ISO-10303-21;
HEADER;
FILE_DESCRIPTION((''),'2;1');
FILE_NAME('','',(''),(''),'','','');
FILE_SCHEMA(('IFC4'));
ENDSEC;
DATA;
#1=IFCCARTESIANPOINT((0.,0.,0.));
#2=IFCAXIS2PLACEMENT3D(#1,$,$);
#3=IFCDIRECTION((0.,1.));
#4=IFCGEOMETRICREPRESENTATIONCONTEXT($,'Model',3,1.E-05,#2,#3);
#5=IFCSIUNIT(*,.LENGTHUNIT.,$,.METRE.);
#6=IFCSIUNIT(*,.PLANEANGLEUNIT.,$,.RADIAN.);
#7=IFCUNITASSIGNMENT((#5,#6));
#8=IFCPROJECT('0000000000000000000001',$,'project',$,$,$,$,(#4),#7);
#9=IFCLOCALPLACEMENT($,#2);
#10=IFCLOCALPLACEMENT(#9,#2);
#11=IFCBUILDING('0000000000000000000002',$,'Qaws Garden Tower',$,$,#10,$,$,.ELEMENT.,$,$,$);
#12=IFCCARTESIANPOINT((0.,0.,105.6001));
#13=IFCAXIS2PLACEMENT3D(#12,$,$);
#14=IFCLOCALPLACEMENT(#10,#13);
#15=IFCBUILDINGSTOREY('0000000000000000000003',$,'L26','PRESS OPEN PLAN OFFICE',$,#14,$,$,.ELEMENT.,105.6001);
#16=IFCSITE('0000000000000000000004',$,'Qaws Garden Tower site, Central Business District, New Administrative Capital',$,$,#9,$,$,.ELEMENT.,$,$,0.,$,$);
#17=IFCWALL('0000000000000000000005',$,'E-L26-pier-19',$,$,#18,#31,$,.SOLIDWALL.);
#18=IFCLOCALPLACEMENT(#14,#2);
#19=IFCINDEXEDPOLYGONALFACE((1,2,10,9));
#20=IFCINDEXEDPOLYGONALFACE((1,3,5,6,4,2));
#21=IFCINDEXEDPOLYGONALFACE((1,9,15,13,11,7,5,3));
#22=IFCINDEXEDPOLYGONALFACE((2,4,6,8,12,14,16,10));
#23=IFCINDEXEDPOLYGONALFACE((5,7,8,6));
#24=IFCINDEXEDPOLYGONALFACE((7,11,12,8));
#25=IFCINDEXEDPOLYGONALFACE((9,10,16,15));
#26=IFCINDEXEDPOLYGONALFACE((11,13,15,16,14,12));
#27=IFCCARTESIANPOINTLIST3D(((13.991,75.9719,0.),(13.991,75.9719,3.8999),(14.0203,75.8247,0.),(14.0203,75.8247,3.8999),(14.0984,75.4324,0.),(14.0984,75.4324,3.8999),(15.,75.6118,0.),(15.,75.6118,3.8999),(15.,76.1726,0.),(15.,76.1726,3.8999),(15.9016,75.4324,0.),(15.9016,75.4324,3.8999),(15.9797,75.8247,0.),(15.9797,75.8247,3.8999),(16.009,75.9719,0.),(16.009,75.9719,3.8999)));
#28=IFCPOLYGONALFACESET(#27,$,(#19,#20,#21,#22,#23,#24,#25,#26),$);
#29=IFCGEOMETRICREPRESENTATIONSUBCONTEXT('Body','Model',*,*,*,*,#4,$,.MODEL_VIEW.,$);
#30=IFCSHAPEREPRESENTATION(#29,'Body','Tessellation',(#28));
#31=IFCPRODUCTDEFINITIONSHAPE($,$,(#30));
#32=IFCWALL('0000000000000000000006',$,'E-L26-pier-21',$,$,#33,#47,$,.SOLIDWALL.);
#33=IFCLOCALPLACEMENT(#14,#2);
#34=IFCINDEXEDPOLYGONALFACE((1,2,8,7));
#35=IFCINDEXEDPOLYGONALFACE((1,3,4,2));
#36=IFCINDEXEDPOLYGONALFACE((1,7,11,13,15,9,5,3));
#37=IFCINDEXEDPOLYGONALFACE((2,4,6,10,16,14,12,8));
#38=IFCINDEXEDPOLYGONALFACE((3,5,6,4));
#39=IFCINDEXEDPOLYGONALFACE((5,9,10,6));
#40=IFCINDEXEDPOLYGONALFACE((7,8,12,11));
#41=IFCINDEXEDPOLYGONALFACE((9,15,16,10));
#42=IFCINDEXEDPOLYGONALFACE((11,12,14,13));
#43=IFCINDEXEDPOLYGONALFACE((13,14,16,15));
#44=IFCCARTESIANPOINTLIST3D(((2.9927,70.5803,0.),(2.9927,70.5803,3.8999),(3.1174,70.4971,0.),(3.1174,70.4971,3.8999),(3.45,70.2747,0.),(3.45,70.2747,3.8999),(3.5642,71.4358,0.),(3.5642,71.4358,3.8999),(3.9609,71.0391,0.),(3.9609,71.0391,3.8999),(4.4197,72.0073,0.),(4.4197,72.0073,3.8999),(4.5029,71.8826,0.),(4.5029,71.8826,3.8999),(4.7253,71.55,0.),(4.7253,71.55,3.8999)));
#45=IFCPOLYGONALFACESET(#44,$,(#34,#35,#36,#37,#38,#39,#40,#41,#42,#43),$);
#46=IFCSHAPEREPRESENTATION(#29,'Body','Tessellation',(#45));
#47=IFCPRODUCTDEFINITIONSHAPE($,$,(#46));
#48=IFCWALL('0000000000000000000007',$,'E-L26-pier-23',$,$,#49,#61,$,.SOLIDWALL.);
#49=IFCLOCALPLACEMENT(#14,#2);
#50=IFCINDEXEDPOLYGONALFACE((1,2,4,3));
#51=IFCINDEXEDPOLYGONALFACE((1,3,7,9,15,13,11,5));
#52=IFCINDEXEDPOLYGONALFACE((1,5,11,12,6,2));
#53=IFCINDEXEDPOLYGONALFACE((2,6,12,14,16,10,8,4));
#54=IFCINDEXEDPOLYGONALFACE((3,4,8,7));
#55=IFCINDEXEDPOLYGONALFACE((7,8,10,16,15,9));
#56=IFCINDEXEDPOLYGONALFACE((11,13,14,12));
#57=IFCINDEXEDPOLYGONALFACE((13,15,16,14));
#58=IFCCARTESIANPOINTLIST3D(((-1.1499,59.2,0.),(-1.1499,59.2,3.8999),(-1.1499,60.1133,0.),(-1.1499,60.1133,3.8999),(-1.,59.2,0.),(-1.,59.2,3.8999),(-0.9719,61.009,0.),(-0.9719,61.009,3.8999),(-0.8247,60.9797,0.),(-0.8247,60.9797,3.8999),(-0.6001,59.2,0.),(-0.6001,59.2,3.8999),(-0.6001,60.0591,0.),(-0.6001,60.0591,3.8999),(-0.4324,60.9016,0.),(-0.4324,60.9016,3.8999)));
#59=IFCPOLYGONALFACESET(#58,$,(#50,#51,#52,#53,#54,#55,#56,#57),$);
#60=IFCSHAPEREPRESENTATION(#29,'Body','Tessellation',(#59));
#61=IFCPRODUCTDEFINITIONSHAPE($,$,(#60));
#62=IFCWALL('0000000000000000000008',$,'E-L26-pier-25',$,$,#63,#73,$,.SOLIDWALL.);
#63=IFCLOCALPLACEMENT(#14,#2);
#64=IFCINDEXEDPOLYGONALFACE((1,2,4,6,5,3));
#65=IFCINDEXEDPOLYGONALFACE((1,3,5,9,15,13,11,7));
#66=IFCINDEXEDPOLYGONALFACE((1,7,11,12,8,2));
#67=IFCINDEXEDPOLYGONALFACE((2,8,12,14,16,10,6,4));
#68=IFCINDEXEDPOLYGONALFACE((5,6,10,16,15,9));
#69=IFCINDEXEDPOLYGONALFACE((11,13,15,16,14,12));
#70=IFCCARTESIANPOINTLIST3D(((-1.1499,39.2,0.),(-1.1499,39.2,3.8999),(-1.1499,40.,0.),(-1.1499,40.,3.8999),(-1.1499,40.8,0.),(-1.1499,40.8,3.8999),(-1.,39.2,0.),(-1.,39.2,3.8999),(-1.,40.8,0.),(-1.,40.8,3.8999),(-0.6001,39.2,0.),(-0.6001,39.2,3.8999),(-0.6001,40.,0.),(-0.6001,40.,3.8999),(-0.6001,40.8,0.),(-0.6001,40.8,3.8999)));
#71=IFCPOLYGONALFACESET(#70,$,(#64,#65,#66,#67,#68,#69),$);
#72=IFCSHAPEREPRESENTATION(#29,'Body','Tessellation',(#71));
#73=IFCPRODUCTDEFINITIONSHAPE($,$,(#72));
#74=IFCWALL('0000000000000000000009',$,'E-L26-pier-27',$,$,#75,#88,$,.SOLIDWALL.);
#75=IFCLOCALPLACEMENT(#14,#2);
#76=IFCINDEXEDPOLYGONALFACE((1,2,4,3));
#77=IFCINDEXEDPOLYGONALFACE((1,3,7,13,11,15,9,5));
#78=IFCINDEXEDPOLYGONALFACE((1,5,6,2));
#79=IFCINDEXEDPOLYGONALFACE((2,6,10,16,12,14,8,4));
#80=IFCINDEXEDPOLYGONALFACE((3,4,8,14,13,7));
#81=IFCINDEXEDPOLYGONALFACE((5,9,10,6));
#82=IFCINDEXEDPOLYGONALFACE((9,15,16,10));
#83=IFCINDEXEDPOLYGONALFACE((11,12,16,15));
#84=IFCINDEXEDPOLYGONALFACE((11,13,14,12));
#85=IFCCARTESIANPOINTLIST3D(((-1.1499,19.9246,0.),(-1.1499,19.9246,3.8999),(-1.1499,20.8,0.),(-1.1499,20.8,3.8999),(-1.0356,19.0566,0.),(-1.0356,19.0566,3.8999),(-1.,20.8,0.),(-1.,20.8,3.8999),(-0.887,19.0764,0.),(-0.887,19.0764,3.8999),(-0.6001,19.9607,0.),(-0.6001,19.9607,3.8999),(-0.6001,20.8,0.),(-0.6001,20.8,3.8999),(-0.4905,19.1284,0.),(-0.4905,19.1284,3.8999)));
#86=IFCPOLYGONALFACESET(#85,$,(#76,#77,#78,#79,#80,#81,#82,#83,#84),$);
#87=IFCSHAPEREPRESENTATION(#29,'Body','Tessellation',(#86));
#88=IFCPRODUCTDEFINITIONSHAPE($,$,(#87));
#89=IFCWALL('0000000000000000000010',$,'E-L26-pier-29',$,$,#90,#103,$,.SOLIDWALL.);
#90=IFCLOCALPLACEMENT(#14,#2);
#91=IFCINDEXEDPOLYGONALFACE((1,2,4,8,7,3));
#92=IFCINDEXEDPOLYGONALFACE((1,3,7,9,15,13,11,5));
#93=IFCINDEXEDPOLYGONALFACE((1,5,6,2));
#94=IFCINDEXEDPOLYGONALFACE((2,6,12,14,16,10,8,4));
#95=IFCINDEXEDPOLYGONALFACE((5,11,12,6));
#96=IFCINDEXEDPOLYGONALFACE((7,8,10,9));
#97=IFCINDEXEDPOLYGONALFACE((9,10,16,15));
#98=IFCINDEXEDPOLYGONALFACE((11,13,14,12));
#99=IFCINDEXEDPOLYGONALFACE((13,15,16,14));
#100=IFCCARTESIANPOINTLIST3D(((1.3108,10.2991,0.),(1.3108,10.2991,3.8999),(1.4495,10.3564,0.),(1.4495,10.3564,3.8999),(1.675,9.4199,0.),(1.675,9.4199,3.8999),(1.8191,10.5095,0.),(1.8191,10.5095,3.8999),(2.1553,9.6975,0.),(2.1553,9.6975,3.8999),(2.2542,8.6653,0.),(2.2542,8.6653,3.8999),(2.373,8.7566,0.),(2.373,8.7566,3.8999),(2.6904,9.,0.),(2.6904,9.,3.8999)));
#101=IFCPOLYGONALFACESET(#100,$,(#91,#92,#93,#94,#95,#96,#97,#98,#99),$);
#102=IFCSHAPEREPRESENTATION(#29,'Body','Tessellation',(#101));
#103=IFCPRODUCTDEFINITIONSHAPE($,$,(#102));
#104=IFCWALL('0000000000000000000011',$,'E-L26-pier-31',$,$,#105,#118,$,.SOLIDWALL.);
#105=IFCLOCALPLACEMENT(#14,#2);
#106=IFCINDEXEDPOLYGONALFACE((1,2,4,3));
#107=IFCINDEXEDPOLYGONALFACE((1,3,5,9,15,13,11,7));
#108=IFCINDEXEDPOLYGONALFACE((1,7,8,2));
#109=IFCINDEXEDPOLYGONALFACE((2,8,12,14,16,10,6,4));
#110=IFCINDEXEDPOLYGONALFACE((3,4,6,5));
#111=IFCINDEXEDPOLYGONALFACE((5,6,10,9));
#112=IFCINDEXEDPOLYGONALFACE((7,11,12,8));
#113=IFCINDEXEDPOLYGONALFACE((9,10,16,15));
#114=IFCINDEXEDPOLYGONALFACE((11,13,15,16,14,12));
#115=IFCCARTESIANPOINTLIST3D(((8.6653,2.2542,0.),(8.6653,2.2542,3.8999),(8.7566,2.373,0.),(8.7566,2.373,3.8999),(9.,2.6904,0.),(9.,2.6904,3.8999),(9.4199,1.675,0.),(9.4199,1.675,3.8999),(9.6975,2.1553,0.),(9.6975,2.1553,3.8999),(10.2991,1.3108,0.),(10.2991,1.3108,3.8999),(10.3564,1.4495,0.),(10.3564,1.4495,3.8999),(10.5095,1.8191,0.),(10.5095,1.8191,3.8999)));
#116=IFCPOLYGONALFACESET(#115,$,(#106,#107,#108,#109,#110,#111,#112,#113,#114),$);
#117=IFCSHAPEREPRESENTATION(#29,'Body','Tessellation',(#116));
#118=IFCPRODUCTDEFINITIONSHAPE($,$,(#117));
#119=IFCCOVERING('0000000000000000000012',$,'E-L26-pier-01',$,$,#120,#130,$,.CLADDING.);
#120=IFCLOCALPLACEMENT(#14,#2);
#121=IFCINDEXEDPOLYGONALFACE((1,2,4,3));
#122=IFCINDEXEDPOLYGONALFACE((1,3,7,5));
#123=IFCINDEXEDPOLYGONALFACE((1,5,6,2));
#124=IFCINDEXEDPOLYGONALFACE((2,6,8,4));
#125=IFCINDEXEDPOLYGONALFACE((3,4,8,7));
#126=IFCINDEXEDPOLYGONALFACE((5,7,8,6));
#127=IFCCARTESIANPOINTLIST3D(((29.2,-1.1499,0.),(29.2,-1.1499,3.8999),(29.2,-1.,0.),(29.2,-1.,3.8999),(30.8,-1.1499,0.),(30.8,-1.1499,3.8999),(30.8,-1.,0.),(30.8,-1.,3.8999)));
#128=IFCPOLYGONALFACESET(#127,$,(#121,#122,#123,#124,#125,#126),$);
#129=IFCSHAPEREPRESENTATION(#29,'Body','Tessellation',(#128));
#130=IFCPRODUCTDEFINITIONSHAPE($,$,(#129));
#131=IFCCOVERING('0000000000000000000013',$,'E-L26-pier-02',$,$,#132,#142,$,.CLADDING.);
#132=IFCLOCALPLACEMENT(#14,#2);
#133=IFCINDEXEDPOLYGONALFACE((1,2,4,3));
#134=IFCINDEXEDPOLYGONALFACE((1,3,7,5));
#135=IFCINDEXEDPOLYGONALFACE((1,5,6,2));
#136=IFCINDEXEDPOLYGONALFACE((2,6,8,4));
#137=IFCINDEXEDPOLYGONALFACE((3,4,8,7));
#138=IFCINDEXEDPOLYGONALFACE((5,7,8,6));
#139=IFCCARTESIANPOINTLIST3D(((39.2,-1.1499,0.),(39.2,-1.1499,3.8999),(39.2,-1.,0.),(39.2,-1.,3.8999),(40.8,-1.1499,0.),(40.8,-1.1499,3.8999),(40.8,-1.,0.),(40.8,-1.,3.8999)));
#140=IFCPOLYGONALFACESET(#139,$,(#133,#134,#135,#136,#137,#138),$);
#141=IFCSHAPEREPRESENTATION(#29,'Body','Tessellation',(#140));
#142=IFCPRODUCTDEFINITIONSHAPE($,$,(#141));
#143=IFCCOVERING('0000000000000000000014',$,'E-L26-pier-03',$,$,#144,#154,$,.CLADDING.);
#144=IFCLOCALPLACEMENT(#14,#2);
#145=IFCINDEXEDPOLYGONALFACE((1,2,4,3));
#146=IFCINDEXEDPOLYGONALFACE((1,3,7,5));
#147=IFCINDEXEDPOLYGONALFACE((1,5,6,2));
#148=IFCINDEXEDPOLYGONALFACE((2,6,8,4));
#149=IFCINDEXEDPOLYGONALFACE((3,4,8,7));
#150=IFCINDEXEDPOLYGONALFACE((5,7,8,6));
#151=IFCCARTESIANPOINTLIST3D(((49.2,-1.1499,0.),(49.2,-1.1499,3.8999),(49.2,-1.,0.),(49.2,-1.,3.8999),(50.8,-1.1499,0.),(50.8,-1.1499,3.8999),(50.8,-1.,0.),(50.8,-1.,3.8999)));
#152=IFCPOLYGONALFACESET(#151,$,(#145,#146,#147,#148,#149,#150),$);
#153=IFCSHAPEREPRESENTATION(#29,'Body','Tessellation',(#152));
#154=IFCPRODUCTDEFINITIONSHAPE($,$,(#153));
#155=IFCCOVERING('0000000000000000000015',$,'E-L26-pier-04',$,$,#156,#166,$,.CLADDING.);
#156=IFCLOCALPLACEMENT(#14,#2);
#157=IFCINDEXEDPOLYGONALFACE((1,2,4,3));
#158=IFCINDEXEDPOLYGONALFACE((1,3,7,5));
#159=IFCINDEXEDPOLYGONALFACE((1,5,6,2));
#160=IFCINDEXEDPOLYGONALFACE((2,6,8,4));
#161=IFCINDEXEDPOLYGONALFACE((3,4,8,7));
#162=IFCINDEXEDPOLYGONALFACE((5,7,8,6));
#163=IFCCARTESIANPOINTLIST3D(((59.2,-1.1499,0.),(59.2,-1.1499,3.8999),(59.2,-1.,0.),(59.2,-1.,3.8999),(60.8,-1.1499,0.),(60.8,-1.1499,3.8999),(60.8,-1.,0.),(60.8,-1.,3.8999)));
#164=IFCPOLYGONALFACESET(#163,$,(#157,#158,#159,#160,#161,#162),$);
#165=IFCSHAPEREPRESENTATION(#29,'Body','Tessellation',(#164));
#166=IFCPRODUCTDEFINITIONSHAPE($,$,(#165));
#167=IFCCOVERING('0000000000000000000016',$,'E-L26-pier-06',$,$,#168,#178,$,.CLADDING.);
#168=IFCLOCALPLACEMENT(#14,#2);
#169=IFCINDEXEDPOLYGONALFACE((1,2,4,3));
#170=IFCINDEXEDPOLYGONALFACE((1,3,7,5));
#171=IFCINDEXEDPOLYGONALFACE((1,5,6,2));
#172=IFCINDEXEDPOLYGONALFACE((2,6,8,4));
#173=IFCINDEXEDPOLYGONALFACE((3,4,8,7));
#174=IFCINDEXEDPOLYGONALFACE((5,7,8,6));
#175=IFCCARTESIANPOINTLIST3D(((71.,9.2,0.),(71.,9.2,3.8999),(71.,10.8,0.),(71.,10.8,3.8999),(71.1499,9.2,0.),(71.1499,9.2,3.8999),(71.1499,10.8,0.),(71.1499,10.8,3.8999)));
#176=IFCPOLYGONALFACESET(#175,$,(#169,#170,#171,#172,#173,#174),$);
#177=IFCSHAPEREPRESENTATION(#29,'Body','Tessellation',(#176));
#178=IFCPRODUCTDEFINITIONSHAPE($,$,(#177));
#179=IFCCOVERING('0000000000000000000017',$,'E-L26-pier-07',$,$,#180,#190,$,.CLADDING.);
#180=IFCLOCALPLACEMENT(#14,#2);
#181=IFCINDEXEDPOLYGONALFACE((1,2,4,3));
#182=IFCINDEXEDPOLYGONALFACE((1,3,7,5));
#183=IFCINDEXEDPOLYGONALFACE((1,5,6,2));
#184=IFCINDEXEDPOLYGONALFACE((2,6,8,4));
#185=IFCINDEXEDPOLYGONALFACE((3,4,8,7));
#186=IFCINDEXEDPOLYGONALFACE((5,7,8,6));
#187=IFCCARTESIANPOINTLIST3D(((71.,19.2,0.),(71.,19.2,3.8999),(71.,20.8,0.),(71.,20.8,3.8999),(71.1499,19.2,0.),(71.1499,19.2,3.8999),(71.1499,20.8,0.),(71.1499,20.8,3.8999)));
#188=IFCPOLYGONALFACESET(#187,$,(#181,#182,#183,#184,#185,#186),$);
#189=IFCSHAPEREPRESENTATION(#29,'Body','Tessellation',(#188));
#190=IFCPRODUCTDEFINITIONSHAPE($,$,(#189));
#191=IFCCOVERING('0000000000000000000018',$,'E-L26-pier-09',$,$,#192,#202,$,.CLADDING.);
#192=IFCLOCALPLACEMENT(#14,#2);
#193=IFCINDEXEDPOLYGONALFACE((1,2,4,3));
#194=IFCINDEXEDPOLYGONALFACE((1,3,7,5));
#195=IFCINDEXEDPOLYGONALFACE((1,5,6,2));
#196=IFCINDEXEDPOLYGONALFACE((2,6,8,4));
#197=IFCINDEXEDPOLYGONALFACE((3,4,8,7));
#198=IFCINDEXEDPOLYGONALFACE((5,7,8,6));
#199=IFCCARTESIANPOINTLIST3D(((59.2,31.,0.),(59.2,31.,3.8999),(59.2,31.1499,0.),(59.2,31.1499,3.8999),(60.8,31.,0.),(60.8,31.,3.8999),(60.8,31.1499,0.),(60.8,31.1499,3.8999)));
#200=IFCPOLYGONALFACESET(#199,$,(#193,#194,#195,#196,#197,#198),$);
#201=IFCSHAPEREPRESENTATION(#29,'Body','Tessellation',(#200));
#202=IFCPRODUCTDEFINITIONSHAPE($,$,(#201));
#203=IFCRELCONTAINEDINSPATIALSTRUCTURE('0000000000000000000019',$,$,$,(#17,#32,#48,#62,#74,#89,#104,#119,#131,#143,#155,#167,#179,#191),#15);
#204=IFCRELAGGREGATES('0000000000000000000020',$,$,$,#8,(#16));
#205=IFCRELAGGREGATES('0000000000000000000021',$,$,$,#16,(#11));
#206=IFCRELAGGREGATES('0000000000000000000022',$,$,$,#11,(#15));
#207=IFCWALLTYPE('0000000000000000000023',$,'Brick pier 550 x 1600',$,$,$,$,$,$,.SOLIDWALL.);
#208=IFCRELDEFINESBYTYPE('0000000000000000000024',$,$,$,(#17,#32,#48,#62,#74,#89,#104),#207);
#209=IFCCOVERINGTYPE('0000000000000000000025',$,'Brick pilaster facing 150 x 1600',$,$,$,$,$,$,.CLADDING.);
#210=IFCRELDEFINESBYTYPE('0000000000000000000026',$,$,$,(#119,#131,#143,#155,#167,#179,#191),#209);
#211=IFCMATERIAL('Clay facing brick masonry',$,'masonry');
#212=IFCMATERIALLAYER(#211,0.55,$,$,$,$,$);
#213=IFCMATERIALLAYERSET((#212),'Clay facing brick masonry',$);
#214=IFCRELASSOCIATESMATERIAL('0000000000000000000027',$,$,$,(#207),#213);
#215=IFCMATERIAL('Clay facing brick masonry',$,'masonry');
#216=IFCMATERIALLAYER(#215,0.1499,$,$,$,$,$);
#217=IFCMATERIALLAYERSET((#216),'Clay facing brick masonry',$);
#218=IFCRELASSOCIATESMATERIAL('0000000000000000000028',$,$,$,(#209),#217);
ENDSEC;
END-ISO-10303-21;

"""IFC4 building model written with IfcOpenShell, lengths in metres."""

from ifc_helpers import new_model, si_unit, direction, frame, origin, place, context, subcontext, project, spatial, polyline, outline, extrude, material, layer, layer_set, type_object, element, save


model = new_model("IFC4")

# Units and contexts
model_context = context("Model", 3, precision=1e-05, world=origin(), true_north=direction((0.0, 1.0)))
body_context = subcontext(model_context, "Body", "Model", "MODEL_VIEW")
ifc_project = project(units=[si_unit("LENGTHUNIT", "METRE"), si_unit("PLANEANGLEUNIT", "RADIAN")], contexts=[model_context])

# Site, building, storey
site_placement = place(None, origin())
site = spatial("IfcSite", under=ifc_project, at=site_placement, Name="Qaws Garden Tower site, Central Business District, New Administrative Capital", CompositionType="ELEMENT", RefElevation=0.0)
building_placement = place(site_placement, origin())
building = spatial("IfcBuilding", under=site, at=building_placement, Name="Qaws Garden Tower", CompositionType="ELEMENT")
storey_placement = place(building_placement, frame((0.0, 0.0, 105.6001)))
storey = spatial("IfcBuildingStorey", under=building, at=storey_placement, Name="L26", Description="PRESS OPEN PLAN OFFICE", CompositionType="ELEMENT", Elevation=105.6001)

# Walls
placement = place(storey_placement, origin())
ifc_material_1 = material(Name="Clay facing brick masonry", Category="masonry")
ifc_layer_1 = layer(ifc_material_1, 0.55)
ifc_layer_set_1 = layer_set([ifc_layer_1], Name="Clay facing brick masonry")
wall_type_1 = type_object("IfcWallType", Name="Brick pier 550 x 1600", PredefinedType="SOLIDWALL", material=ifc_layer_set_1)
element("IfcWall", 1, at=placement, inside=storey, type_object=wall_type_1, Name="E-L26-pier-19", PredefinedType="SOLIDWALL", context=body_context, shape_type="SweptSolid", body=[
    extrude(outline(polyline([(15.9797, 75.8247), (16.009, 75.9719), (15.0, 76.1726), (13.991, 75.9719), (14.0203, 75.8247), (14.0984, 75.4324), (15.0, 75.6118), (15.9016, 75.4324), (15.9797, 75.8247)])), origin(), (0.0, 0.0, 1.0), 3.8999),
])
element("IfcWall", 2, at=placement, inside=storey, type_object=wall_type_1, Name="E-L26-pier-21", PredefinedType="SOLIDWALL", context=body_context, shape_type="SweptSolid", body=[
    extrude(outline(polyline([(4.5029, 71.8826), (4.4197, 72.0073), (3.5642, 71.4358), (2.9927, 70.5803), (3.1174, 70.4971), (3.45, 70.2747), (3.9609, 71.0391), (4.7253, 71.55), (4.5029, 71.8826)])), origin(), (0.0, 0.0, 1.0), 3.8999),
])
element("IfcWall", 3, at=placement, inside=storey, type_object=wall_type_1, Name="E-L26-pier-23", PredefinedType="SOLIDWALL", context=body_context, shape_type="SweptSolid", body=[
    extrude(outline(polyline([(-0.8247, 60.9797), (-0.9719, 61.009), (-1.1499, 60.1133), (-1.1499, 59.2), (-1.0, 59.2), (-0.6001, 59.2), (-0.6001, 60.0591), (-0.4324, 60.9016), (-0.8247, 60.9797)])), origin(), (0.0, 0.0, 1.0), 3.8999),
])
element("IfcWall", 4, at=placement, inside=storey, type_object=wall_type_1, Name="E-L26-pier-25", PredefinedType="SOLIDWALL", context=body_context, shape_type="SweptSolid", body=[
    extrude(outline(polyline([(-1.0, 40.8), (-1.1499, 40.8), (-1.1499, 40.0), (-1.1499, 39.2), (-1.0, 39.2), (-0.6001, 39.2), (-0.6001, 40.0), (-0.6001, 40.8), (-1.0, 40.8)])), origin(), (0.0, 0.0, 1.0), 3.8999),
])
element("IfcWall", 5, at=placement, inside=storey, type_object=wall_type_1, Name="E-L26-pier-27", PredefinedType="SOLIDWALL", context=body_context, shape_type="SweptSolid", body=[
    extrude(outline(polyline([(-1.0, 20.8), (-1.1499, 20.8), (-1.1499, 19.9246), (-1.0356, 19.0566), (-0.887, 19.0764), (-0.4905, 19.1284), (-0.6001, 19.9607), (-0.6001, 20.8), (-1.0, 20.8)])), origin(), (0.0, 0.0, 1.0), 3.8999),
])
element("IfcWall", 6, at=placement, inside=storey, type_object=wall_type_1, Name="E-L26-pier-29", PredefinedType="SOLIDWALL", context=body_context, shape_type="SweptSolid", body=[
    extrude(outline(polyline([(1.4495, 10.3564), (1.3108, 10.2991), (1.675, 9.4199), (2.2542, 8.6653), (2.373, 8.7566), (2.6904, 9.0), (2.1553, 9.6975), (1.8191, 10.5095), (1.4495, 10.3564)])), origin(), (0.0, 0.0, 1.0), 3.8999),
])
element("IfcWall", 7, at=placement, inside=storey, type_object=wall_type_1, Name="E-L26-pier-31", PredefinedType="SOLIDWALL", context=body_context, shape_type="SweptSolid", body=[
    extrude(outline(polyline([(8.7566, 2.373), (8.6653, 2.2542), (9.4199, 1.675), (10.2991, 1.3108), (10.3564, 1.4495), (10.5095, 1.8191), (9.6975, 2.1553), (9.0, 2.6904), (8.7566, 2.373)])), origin(), (0.0, 0.0, 1.0), 3.8999),
])

# Coverings
ifc_material_2 = material(Name="Clay facing brick masonry", Category="masonry")
ifc_layer_2 = layer(ifc_material_2, 0.1499)
ifc_layer_set_2 = layer_set([ifc_layer_2], Name="Clay facing brick masonry")
covering_type = type_object("IfcCoveringType", Name="Brick pilaster facing 150 x 1600", PredefinedType="CLADDING", material=ifc_layer_set_2)
element("IfcCovering", 8, at=placement, inside=storey, type_object=covering_type, Name="E-L26-pier-01", PredefinedType="CLADDING", context=body_context, shape_type="SweptSolid", body=[
    extrude(outline(polyline([(29.2, -1.0), (30.8, -1.0), (30.8, -1.1499), (29.2, -1.1499), (29.2, -1.0)])), origin(), (0.0, 0.0, 1.0), 3.8999),
])
element("IfcCovering", 9, at=placement, inside=storey, type_object=covering_type, Name="E-L26-pier-02", PredefinedType="CLADDING", context=body_context, shape_type="SweptSolid", body=[
    extrude(outline(polyline([(39.2, -1.0), (40.8, -1.0), (40.8, -1.1499), (39.2, -1.1499), (39.2, -1.0)])), origin(), (0.0, 0.0, 1.0), 3.8999),
])
element("IfcCovering", 10, at=placement, inside=storey, type_object=covering_type, Name="E-L26-pier-03", PredefinedType="CLADDING", context=body_context, shape_type="SweptSolid", body=[
    extrude(outline(polyline([(49.2, -1.0), (50.8, -1.0), (50.8, -1.1499), (49.2, -1.1499), (49.2, -1.0)])), origin(), (0.0, 0.0, 1.0), 3.8999),
])
element("IfcCovering", 11, at=placement, inside=storey, type_object=covering_type, Name="E-L26-pier-04", PredefinedType="CLADDING", context=body_context, shape_type="SweptSolid", body=[
    extrude(outline(polyline([(59.2, -1.0), (60.8, -1.0), (60.8, -1.1499), (59.2, -1.1499), (59.2, -1.0)])), origin(), (0.0, 0.0, 1.0), 3.8999),
])
element("IfcCovering", 12, at=placement, inside=storey, type_object=covering_type, Name="E-L26-pier-06", PredefinedType="CLADDING", context=body_context, shape_type="SweptSolid", body=[
    extrude(outline(polyline([(71.0, 9.2), (71.0, 10.8), (71.1499, 10.8), (71.1499, 9.2), (71.0, 9.2)])), origin(), (0.0, 0.0, 1.0), 3.8999),
])
element("IfcCovering", 13, at=placement, inside=storey, type_object=covering_type, Name="E-L26-pier-07", PredefinedType="CLADDING", context=body_context, shape_type="SweptSolid", body=[
    extrude(outline(polyline([(71.0, 19.2), (71.0, 20.8), (71.1499, 20.8), (71.1499, 19.2), (71.0, 19.2)])), origin(), (0.0, 0.0, 1.0), 3.8999),
])
element("IfcCovering", 14, at=placement, inside=storey, type_object=covering_type, Name="E-L26-pier-09", PredefinedType="CLADDING", context=body_context, shape_type="SweptSolid", body=[
    extrude(outline(polyline([(60.8, 31.0), (59.2, 31.0), (59.2, 31.1499), (60.8, 31.1499), (60.8, 31.0)])), origin(), (0.0, 0.0, 1.0), 3.8999),
])

save(model, "model.ifc")
